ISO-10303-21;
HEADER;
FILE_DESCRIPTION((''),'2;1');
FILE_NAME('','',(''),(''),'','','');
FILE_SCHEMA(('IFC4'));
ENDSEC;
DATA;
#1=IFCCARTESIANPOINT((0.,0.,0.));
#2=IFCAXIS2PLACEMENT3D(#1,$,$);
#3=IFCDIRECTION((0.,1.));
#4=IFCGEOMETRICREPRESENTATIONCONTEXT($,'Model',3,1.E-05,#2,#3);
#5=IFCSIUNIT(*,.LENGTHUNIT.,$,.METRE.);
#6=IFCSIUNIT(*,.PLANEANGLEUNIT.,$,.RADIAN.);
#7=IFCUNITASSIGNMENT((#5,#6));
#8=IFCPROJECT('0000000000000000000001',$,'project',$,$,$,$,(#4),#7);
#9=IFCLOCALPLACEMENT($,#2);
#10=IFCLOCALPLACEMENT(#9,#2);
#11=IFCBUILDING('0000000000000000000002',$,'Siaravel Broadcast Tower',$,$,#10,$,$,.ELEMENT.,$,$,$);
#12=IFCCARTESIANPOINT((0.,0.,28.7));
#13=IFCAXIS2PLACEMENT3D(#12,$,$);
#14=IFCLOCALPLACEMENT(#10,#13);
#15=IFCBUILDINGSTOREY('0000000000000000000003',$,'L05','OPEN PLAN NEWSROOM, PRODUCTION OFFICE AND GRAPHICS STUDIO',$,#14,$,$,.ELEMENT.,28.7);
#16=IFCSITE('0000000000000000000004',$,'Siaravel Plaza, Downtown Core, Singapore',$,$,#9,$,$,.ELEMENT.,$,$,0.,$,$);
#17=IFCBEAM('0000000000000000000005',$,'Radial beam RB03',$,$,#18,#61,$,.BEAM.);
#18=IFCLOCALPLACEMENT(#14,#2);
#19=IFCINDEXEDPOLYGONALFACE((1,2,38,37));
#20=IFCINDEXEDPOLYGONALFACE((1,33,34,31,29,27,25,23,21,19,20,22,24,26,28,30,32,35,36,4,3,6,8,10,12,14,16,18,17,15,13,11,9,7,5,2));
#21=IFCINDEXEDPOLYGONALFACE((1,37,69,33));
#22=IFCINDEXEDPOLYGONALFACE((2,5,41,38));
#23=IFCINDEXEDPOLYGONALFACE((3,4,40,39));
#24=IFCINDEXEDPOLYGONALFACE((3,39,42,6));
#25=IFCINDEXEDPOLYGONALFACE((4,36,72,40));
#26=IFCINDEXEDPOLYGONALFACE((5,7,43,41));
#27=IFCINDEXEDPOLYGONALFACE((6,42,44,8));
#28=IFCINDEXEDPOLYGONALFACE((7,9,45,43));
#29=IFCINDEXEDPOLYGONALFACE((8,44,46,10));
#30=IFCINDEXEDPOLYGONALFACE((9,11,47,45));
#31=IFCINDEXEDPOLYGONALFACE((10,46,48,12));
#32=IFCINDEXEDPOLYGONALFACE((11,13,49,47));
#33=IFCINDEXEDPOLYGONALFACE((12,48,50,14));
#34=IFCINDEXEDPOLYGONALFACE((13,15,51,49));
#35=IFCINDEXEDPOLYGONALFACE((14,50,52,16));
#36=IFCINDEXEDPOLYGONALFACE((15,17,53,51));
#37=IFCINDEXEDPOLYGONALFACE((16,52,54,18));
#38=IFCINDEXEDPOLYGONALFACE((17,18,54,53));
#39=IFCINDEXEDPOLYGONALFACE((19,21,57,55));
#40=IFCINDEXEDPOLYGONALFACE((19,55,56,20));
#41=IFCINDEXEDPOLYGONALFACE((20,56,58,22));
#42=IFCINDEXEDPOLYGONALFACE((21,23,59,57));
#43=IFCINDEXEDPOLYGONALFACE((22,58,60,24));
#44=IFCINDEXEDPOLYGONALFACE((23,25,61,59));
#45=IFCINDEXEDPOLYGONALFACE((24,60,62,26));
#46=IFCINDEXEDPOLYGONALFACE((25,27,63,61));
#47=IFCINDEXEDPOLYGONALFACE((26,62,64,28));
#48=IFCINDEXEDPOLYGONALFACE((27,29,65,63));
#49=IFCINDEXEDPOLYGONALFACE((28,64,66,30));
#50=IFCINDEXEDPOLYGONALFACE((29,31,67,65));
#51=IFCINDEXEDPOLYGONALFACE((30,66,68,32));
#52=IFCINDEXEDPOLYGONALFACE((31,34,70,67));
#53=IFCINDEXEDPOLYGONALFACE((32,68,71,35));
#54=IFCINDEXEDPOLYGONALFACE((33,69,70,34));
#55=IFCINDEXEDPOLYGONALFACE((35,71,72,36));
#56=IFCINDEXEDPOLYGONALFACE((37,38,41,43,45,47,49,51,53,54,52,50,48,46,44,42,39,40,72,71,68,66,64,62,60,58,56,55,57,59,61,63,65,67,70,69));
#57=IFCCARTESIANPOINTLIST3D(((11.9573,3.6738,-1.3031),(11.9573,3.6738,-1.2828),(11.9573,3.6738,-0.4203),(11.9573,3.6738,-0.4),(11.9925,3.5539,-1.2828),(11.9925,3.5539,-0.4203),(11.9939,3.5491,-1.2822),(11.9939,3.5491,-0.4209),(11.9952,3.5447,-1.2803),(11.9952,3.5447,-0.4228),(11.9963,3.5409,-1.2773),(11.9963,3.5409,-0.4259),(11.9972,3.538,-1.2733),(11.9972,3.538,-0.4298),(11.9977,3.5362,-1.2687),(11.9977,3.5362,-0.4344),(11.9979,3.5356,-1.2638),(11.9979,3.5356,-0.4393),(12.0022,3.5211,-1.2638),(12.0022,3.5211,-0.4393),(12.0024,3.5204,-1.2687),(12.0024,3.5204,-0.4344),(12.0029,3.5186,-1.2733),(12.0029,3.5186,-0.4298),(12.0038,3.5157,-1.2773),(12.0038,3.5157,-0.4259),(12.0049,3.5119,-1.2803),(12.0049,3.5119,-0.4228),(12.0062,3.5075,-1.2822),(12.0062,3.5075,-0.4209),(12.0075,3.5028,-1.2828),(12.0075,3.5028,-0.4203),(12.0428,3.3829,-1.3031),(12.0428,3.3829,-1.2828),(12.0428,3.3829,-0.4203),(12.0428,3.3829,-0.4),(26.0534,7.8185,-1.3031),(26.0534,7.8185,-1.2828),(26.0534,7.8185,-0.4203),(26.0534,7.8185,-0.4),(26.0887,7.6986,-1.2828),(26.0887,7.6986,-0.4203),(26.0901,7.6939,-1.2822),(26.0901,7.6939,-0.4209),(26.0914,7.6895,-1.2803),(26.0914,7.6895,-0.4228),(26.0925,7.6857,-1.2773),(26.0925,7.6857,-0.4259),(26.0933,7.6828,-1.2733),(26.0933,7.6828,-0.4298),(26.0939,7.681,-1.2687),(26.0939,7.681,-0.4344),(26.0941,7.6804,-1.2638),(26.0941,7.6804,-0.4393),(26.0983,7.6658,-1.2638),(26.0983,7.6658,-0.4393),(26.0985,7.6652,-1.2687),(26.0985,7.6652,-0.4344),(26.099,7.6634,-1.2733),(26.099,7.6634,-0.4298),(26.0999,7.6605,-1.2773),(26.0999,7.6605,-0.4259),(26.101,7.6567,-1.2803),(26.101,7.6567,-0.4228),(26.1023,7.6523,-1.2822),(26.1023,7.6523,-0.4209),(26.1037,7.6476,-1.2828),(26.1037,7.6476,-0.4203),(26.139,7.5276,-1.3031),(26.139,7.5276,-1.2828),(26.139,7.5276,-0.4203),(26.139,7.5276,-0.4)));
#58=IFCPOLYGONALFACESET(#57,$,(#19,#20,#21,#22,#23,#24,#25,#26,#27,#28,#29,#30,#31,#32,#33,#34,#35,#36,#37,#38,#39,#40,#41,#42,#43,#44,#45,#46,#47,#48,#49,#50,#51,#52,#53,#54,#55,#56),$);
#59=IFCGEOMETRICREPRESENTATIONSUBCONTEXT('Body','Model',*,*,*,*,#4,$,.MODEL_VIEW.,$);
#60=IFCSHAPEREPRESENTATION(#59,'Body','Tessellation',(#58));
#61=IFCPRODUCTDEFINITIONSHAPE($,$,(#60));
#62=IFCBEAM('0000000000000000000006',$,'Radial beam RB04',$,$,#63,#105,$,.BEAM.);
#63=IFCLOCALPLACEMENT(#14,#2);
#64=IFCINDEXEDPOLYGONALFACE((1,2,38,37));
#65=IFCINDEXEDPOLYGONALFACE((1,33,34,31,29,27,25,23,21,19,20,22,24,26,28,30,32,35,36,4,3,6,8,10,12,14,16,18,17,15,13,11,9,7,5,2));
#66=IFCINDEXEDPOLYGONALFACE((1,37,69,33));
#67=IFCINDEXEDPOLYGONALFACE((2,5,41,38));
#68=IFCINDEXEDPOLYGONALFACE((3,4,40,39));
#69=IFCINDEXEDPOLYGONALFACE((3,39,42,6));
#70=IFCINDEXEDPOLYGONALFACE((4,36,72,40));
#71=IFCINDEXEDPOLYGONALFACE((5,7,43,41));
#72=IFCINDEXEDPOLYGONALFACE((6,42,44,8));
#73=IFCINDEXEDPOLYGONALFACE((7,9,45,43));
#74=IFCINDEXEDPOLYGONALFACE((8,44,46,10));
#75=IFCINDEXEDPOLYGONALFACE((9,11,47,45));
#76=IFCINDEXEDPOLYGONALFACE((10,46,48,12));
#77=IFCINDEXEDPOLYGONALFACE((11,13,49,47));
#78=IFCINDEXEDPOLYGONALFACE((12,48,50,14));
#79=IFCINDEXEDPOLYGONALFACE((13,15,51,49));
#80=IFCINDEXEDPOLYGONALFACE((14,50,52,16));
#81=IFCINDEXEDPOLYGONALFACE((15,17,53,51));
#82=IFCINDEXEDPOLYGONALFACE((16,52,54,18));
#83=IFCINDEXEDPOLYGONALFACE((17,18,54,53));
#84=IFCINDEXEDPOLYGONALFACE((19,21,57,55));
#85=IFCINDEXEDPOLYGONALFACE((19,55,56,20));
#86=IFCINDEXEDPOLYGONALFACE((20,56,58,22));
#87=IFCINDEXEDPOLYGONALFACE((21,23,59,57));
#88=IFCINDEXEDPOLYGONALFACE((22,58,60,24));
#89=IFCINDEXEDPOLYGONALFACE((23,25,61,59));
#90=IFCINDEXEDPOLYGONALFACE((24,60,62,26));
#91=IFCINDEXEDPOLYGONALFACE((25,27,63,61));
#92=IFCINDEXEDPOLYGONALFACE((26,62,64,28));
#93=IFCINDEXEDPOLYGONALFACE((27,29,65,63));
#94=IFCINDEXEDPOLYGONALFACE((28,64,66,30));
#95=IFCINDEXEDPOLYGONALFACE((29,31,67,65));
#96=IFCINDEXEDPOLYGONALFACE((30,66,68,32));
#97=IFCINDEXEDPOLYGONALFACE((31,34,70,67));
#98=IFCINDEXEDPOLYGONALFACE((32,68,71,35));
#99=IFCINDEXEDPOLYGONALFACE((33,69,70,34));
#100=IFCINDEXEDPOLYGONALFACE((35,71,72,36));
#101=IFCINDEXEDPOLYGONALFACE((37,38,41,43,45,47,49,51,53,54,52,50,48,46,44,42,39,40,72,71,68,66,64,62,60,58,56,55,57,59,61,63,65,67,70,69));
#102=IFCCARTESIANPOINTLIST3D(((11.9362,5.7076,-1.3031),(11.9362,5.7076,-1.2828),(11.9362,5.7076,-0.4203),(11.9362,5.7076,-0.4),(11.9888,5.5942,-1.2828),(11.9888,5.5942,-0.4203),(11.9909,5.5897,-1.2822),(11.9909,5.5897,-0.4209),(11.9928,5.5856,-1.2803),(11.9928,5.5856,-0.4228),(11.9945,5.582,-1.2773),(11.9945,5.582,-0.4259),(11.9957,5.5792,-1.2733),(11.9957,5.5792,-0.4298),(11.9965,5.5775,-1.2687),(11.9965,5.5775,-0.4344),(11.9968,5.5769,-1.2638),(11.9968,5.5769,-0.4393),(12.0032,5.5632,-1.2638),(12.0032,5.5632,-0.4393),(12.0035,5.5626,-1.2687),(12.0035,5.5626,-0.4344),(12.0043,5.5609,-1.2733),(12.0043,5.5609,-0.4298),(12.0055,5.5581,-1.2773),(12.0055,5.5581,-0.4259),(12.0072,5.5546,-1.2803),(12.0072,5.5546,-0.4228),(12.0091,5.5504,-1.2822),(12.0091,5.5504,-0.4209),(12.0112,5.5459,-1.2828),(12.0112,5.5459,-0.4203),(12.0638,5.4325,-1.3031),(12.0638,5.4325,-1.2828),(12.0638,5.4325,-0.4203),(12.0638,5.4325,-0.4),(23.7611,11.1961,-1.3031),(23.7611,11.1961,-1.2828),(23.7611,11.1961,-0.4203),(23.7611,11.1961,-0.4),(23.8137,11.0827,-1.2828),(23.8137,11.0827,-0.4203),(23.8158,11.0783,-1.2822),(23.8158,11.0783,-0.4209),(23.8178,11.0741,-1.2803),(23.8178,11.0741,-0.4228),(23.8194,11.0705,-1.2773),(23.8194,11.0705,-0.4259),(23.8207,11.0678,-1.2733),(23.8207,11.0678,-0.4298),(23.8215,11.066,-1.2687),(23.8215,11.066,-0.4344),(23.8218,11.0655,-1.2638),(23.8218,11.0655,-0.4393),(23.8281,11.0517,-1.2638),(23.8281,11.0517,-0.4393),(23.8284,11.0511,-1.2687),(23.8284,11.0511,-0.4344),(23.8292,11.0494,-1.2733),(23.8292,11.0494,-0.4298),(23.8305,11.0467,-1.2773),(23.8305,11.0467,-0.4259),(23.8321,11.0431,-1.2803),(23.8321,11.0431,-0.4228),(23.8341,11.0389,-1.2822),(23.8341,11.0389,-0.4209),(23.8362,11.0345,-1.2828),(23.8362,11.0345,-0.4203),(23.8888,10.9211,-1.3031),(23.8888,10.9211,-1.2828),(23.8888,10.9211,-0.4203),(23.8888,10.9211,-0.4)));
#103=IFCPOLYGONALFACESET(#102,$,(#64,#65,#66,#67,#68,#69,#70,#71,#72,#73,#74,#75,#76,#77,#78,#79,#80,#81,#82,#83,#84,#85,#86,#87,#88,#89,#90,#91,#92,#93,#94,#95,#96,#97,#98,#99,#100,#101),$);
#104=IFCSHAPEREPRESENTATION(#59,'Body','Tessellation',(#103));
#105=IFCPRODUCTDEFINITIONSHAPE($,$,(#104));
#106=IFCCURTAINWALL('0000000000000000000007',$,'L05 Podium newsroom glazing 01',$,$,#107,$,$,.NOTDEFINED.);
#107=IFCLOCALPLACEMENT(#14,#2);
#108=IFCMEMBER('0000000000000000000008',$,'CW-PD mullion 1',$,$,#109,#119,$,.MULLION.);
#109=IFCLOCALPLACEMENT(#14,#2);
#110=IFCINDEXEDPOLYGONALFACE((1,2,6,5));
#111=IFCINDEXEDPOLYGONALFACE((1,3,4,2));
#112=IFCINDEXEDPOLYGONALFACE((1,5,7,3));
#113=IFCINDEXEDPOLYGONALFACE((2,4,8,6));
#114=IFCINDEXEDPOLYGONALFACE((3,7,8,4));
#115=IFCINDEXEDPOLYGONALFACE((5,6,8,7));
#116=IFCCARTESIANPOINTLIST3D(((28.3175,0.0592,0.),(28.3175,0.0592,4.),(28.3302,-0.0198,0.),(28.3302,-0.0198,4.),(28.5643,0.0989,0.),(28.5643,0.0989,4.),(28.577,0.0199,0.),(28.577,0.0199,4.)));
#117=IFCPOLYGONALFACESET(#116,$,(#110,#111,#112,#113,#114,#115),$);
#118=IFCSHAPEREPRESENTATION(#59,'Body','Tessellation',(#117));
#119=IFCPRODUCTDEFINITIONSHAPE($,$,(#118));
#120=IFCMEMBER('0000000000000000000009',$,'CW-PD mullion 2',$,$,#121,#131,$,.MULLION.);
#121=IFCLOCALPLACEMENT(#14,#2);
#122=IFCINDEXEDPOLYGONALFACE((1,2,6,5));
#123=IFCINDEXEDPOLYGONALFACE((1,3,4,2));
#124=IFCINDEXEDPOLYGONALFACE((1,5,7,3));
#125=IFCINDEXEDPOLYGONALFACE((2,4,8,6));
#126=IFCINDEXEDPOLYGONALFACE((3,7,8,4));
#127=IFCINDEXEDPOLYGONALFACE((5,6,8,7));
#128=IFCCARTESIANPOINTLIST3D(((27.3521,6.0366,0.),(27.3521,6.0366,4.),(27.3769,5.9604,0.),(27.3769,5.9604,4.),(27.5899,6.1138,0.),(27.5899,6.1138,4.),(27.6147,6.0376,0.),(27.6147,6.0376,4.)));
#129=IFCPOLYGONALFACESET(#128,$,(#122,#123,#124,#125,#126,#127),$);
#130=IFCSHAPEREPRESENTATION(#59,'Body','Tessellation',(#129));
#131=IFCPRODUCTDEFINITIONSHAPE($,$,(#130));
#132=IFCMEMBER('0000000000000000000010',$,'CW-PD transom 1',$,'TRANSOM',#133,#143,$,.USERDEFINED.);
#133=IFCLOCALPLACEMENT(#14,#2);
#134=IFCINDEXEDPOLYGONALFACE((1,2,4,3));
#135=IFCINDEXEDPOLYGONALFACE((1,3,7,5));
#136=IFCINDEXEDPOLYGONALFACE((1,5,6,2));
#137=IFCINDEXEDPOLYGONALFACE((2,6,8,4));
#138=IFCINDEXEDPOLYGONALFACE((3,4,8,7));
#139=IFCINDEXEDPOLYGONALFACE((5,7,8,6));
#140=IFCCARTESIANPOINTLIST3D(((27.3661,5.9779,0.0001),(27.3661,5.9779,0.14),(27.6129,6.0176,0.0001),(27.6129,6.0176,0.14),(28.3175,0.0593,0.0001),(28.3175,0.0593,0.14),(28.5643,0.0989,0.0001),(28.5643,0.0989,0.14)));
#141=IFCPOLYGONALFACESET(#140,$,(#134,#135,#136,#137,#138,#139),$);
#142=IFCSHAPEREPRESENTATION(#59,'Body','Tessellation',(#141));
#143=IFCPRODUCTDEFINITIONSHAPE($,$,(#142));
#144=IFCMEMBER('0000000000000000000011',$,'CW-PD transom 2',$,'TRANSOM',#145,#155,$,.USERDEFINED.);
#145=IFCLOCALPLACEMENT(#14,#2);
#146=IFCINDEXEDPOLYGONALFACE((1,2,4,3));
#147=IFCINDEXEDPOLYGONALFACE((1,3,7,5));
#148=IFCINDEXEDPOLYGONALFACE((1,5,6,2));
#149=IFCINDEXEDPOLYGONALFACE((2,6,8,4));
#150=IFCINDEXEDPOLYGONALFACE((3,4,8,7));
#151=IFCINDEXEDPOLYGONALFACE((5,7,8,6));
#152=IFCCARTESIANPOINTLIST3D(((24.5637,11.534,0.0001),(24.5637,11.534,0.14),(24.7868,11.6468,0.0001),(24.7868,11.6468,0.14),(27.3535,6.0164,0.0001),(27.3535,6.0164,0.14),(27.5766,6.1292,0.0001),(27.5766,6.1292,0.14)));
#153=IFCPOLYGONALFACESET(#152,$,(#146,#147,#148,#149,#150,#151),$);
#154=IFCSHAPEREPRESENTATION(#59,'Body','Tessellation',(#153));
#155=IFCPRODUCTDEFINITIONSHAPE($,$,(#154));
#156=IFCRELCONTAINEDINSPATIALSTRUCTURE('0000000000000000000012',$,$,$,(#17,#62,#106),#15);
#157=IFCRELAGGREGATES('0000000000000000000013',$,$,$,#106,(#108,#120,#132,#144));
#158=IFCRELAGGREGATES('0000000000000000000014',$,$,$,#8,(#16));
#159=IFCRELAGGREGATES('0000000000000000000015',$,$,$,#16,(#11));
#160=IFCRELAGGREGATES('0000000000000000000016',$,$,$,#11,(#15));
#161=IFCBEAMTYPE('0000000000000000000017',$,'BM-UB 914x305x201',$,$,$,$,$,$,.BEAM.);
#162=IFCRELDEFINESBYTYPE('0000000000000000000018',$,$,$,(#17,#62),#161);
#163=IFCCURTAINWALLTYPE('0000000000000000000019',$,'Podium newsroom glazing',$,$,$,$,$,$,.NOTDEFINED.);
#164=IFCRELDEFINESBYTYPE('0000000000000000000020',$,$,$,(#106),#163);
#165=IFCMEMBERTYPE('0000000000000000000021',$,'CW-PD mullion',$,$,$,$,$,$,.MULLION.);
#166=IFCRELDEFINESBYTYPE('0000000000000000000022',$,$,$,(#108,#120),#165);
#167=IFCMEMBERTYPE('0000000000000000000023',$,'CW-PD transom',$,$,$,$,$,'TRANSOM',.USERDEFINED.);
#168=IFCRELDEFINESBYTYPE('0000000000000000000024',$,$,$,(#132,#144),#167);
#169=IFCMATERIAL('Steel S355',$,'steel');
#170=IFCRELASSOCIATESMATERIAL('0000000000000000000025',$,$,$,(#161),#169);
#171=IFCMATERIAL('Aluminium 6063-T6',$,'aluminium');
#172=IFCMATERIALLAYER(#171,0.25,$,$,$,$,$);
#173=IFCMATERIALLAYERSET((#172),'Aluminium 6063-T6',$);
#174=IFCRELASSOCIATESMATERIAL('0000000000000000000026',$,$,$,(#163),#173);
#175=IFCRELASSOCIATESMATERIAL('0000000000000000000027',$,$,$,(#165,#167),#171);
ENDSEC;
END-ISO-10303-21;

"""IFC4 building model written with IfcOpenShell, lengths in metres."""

from ifc_helpers import new_model, si_unit, direction, frame, origin, origin_2d, place, context, subcontext, project, spatial, rectangle, i_section, extrude, material, layer, layer_set, material_profile, profile_set, type_object, element, aggregate, save


model = new_model("IFC4")

# Units and contexts
model_context = context("Model", 3, precision=1e-05, world=origin(), true_north=direction((0.0, 1.0)))
body_context = subcontext(model_context, "Body", "Model", "MODEL_VIEW")
ifc_project = project(units=[si_unit("LENGTHUNIT", "METRE"), si_unit("PLANEANGLEUNIT", "RADIAN")], contexts=[model_context])

# Site, building, storey
site_placement = place(None, origin())
site = spatial("IfcSite", under=ifc_project, at=site_placement, Name="Siaravel Plaza, Downtown Core, Singapore", CompositionType="ELEMENT", RefElevation=0.0)
building_placement = place(site_placement, origin())
building = spatial("IfcBuilding", under=site, at=building_placement, Name="Siaravel Broadcast Tower", CompositionType="ELEMENT")
storey_placement = place(building_placement, frame((0.0, 0.0, 28.7)))
storey = spatial("IfcBuildingStorey", under=building, at=storey_placement, Name="L05", Description="OPEN PLAN NEWSROOM, PRODUCTION OFFICE AND GRAPHICS STUDIO", CompositionType="ELEMENT", Elevation=28.7)

# Beams
ifc_material_1 = material(Name="Steel S355", Category="steel")
ifc_material_profile_1 = material_profile(ifc_material_1, i_section(OverallWidth=0.3032, OverallDepth=0.9031, WebThickness=0.0151, FlangeThickness=0.0203, FilletRadius=0.019, at=origin_2d()))
ifc_profile_set_1 = profile_set([ifc_material_profile_1], Name="Steel S355")
beam_type = type_object("IfcBeamType", Name="BM-UB 914x305x201", PredefinedType="BEAM", material=ifc_profile_set_1)
beam_1_placement = place(storey_placement, frame((26.0962, 7.6731, -0.8516), z_axis=(-0.959387, -0.282093, 0.0), x_axis=(0.282093, -0.959387, 0.0)))
element("IfcBeam", 1, at=beam_1_placement, inside=storey, type_object=beam_type, Name="Radial beam RB03", PredefinedType="BEAM", context=body_context, shape_type="SweptSolid", body=[
    extrude(i_section(OverallWidth=0.3032, OverallDepth=0.9031, WebThickness=0.0151, FlangeThickness=0.0203, FilletRadius=0.019, at=origin_2d()), origin(), (0.0, 0.0, 1.0), 14.6929),
])
beam_2_placement = place(storey_placement, frame((23.825, 11.0586, -0.8516), z_axis=(-0.907057, -0.421008, 0.0), x_axis=(0.421008, -0.907057, 0.0)))
element("IfcBeam", 2, at=beam_2_placement, inside=storey, type_object=beam_type, Name="Radial beam RB04", PredefinedType="BEAM", context=body_context, shape_type="SweptSolid", body=[
    extrude(i_section(OverallWidth=0.3032, OverallDepth=0.9031, WebThickness=0.0151, FlangeThickness=0.0203, FilletRadius=0.019, at=origin_2d()), origin(), (0.0, 0.0, 1.0), 13.0366),
])

# Curtain wall, members
ifc_material_2 = material(Name="Aluminium 6063-T6", Category="aluminium")
ifc_layer_1 = layer(ifc_material_2, 0.25)
ifc_layer_set_1 = layer_set([ifc_layer_1], Name="Aluminium 6063-T6")
curtain_wall_type = type_object("IfcCurtainWallType", Name="Podium newsroom glazing", PredefinedType="NOTDEFINED", material=ifc_layer_set_1)
curtain_wall_placement = place(storey_placement, origin())
curtain_wall = element("IfcCurtainWall", 3, at=curtain_wall_placement, inside=storey, type_object=curtain_wall_type, Name="L05 Podium newsroom glazing 01", PredefinedType="NOTDEFINED")
ifc_material_profile_2 = material_profile(ifc_material_2, rectangle(XDim=0.25, YDim=0.0801, at=origin_2d()))
ifc_profile_set_2 = profile_set([ifc_material_profile_2], Name="Aluminium 6063-T6")
member_type_1 = type_object("IfcMemberType", Name="CW-PD mullion", PredefinedType="MULLION", material=ifc_profile_set_2)
member_1_placement = place(storey_placement, frame((28.4473, 0.0396, 0.0), z_axis=(0.0, 0.0, 1.0), x_axis=(-0.987329, -0.158686, 0.0)))
member_1 = element("IfcMember", 4, at=member_1_placement, type_object=member_type_1, Name="CW-PD mullion 1", PredefinedType="MULLION", context=body_context, shape_type="SweptSolid", body=[
    extrude(rectangle(XDim=0.25, YDim=0.0801, at=origin_2d()), origin(), (0.0, 0.0, 1.0), 4.0),
])
member_2_placement = place(storey_placement, frame((27.4834, 6.0371, 0.0), z_axis=(0.0, 0.0, 1.0), x_axis=(-0.951177, -0.308646, 0.0)))
member_2 = element("IfcMember", 5, at=member_2_placement, type_object=member_type_1, Name="CW-PD mullion 2", PredefinedType="MULLION", context=body_context, shape_type="SweptSolid", body=[
    extrude(rectangle(XDim=0.25, YDim=0.0801, at=origin_2d()), origin(), (0.0, 0.0, 1.0), 4.0),
])
ifc_material_profile_3 = material_profile(ifc_material_2, rectangle(XDim=0.25, YDim=0.1399, at=origin_2d()))
ifc_profile_set_3 = profile_set([ifc_material_profile_3], Name="Aluminium 6063-T6")
member_type_2 = type_object("IfcMemberType", Name="CW-PD transom", ElementType="TRANSOM", PredefinedType="USERDEFINED", material=ifc_profile_set_3)
member_3_placement = place(storey_placement, frame((28.4409, 0.0791, 0.0701), z_axis=(-0.15871, 0.987325, 0.0), x_axis=(-0.987325, -0.15871, 0.0)))
member_3 = element("IfcMember", 6, at=member_3_placement, type_object=member_type_2, Name="CW-PD transom 1", ObjectType="TRANSOM", PredefinedType="USERDEFINED", context=body_context, shape_type="SweptSolid", body=[
    extrude(rectangle(XDim=0.25, YDim=0.1399, at=origin_2d()), origin(), (0.0, 0.0, 1.0), 5.9946),
])
member_4_placement = place(storey_placement, frame((27.4651, 6.0728, 0.0701), z_axis=(-0.451221, 0.892412, 0.0), x_axis=(-0.892412, -0.451221, 0.0)))
member_4 = element("IfcMember", 7, at=member_4_placement, type_object=member_type_2, Name="CW-PD transom 2", ObjectType="TRANSOM", PredefinedType="USERDEFINED", context=body_context, shape_type="SweptSolid", body=[
    extrude(rectangle(XDim=0.25, YDim=0.1399, at=origin_2d()), origin(), (0.0, 0.0, 1.0), 6.1829),
])

aggregate(curtain_wall, [member_1, member_2, member_3, member_4])

save(model, "model.ifc")
